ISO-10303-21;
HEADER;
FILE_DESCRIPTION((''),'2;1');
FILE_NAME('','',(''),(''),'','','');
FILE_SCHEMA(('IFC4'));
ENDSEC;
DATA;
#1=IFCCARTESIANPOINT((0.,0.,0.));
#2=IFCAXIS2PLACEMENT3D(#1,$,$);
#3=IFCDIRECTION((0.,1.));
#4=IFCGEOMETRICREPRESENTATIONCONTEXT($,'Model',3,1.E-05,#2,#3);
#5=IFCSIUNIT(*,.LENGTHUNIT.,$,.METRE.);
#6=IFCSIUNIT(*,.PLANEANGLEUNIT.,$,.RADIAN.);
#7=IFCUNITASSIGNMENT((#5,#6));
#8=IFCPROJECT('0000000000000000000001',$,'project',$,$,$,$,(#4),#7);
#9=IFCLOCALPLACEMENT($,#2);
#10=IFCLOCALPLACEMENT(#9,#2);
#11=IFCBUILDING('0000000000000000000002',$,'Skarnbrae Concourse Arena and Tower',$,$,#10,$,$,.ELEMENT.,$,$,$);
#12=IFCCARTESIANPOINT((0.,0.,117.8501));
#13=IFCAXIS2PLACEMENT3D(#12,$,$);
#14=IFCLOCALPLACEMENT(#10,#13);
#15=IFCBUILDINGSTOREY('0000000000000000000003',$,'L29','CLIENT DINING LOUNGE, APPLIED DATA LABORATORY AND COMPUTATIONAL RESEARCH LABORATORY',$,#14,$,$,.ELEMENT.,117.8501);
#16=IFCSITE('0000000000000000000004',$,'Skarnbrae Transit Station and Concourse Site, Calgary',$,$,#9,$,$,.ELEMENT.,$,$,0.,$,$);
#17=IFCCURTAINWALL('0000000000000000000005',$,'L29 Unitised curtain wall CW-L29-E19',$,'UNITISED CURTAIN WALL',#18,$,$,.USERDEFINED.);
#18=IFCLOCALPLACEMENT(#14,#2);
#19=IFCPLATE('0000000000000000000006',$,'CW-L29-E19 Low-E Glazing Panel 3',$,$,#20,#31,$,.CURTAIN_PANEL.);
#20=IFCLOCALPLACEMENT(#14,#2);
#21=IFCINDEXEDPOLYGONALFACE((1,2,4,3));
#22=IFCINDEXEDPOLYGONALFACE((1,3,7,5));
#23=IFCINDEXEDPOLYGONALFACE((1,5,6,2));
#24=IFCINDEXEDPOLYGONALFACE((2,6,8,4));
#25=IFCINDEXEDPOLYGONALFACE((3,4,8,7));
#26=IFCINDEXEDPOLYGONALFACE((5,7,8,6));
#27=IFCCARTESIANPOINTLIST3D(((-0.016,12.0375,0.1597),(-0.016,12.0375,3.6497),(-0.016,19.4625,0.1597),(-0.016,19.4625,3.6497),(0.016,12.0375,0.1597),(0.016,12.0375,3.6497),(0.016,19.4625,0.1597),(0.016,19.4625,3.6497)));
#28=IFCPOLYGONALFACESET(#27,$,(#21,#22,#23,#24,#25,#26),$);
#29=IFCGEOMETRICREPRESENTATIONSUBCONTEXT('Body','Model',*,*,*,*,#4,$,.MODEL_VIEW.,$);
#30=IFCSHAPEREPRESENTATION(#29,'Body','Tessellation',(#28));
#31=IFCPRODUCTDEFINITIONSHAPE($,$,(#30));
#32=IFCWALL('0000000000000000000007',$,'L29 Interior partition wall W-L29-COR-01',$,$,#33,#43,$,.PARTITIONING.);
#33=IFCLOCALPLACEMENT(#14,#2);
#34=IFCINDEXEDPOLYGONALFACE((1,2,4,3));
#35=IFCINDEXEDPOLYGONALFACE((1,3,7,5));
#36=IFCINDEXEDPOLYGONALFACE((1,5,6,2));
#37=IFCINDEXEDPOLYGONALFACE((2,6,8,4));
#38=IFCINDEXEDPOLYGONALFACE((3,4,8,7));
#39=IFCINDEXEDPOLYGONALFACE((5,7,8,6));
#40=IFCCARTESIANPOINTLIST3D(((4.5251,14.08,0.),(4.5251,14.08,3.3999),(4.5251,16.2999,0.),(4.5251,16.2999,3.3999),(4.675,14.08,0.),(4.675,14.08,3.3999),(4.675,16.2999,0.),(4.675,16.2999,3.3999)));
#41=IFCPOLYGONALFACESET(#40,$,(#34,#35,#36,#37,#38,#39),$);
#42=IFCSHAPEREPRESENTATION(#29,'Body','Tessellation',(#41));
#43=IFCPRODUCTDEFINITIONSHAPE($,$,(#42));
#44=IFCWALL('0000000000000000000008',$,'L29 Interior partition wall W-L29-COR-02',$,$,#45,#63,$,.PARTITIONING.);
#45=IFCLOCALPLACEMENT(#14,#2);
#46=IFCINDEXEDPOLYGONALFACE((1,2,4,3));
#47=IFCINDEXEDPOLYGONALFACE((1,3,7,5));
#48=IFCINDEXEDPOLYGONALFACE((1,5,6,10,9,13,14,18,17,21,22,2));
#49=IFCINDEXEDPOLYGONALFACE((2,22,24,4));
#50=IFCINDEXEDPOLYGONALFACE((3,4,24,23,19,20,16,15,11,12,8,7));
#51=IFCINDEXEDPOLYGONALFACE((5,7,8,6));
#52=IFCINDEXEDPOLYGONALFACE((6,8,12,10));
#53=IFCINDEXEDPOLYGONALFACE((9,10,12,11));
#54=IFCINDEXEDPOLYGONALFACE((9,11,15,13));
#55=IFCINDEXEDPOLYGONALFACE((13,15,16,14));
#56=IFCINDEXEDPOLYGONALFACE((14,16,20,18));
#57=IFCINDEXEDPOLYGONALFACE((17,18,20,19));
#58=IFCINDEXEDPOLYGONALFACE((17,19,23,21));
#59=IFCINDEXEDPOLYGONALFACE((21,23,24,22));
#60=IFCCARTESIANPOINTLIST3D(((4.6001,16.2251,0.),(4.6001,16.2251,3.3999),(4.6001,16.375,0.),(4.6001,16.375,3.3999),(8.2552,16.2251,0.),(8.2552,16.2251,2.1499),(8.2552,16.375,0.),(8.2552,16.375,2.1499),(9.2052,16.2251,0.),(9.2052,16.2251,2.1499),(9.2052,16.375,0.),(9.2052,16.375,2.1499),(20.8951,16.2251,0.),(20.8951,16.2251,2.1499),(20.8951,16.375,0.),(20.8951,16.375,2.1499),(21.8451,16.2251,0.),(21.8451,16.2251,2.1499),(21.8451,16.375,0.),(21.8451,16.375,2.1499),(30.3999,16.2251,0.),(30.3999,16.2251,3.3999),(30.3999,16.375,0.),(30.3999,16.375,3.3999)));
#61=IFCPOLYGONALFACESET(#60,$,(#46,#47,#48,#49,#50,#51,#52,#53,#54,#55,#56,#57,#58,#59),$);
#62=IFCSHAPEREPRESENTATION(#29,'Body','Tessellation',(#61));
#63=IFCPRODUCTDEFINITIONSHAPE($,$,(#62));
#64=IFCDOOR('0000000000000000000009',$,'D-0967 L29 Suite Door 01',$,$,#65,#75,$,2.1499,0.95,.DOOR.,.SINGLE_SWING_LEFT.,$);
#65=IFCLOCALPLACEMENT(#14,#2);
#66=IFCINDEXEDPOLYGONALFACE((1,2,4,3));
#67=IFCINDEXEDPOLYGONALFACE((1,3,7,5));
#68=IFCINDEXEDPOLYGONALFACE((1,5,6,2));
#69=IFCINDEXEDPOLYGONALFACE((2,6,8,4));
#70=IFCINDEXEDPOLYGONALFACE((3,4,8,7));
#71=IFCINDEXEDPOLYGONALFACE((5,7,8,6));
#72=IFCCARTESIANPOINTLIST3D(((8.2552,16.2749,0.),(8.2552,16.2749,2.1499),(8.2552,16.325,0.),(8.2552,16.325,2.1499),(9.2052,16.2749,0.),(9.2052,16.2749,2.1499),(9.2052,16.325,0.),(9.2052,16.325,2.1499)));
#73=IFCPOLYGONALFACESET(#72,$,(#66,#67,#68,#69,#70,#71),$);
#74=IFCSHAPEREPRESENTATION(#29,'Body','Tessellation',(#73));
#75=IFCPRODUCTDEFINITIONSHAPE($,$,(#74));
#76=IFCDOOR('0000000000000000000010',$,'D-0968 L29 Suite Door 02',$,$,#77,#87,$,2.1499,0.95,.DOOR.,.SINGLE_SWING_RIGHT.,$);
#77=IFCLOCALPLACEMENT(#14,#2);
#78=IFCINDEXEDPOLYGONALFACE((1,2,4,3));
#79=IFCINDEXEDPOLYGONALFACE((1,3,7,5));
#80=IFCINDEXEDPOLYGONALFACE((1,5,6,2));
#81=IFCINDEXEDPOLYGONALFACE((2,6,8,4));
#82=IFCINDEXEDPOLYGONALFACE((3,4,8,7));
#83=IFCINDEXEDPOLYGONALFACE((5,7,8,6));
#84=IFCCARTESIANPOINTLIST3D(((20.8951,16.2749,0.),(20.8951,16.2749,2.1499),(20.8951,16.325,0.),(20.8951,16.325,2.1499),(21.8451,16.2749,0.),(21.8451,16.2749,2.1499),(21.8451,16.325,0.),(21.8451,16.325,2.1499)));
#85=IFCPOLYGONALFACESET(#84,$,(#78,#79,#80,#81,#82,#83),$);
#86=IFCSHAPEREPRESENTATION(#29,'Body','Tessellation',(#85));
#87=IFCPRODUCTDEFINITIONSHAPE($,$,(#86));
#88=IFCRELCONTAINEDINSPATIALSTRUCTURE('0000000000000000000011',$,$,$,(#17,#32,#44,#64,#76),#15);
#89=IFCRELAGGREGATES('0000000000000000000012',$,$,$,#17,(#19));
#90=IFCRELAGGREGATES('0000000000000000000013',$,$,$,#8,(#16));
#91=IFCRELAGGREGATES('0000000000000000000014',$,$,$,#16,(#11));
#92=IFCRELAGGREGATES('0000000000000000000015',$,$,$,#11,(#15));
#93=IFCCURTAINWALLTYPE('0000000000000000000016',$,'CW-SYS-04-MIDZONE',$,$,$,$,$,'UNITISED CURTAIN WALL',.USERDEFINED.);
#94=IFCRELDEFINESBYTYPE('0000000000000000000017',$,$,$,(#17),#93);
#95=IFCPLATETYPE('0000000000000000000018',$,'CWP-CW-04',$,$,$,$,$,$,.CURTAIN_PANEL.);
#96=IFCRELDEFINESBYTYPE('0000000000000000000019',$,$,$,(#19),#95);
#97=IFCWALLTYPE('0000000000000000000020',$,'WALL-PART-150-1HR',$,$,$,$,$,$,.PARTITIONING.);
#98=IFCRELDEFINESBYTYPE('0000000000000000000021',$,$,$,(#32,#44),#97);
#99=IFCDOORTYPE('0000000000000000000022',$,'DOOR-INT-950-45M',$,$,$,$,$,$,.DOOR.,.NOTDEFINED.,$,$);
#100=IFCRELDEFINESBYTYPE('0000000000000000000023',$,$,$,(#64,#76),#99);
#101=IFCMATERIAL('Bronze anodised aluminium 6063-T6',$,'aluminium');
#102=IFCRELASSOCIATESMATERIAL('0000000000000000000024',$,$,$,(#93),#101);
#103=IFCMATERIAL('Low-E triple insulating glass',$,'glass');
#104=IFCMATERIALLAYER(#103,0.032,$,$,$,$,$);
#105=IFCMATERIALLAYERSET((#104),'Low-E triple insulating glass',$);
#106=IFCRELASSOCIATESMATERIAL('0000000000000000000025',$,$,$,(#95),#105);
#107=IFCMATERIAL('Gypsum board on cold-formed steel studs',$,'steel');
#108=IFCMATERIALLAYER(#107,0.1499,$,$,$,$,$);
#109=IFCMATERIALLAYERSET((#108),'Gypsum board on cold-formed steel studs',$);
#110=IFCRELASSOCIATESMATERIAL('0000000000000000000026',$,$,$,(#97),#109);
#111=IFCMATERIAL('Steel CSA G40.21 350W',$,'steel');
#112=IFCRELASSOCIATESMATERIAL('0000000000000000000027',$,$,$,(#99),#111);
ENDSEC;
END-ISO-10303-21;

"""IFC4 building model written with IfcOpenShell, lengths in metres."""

from ifc_helpers import new_model, si_unit, direction, frame, frame_2d, origin, origin_2d, place, context, subcontext, project, spatial, rectangle, extrude, source, transform, mapped, material, layer, layer_set, type_object, element, fill, aggregate, save


model = new_model("IFC4")

# Units and contexts
model_context = context("Model", 3, precision=1e-05, world=origin(), true_north=direction((0.0, 1.0)))
body_context = subcontext(model_context, "Body", "Model", "MODEL_VIEW")
ifc_project = project(units=[si_unit("LENGTHUNIT", "METRE"), si_unit("PLANEANGLEUNIT", "RADIAN")], contexts=[model_context])

# Site, building, storey
site_placement = place(None, origin())
site = spatial("IfcSite", under=ifc_project, at=site_placement, Name="Skarnbrae Transit Station and Concourse Site, Calgary", CompositionType="ELEMENT", RefElevation=0.0)
building_placement = place(site_placement, origin())
building = spatial("IfcBuilding", under=site, at=building_placement, Name="Skarnbrae Concourse Arena and Tower", CompositionType="ELEMENT")
storey_placement = place(building_placement, frame((0.0, 0.0, 117.8501)))
storey = spatial("IfcBuildingStorey", under=building, at=storey_placement, Name="L29", Description="CLIENT DINING LOUNGE, APPLIED DATA LABORATORY AND COMPUTATIONAL RESEARCH LABORATORY", CompositionType="ELEMENT", Elevation=117.8501)

# Shared definitions
ifc_material_1 = material(Name="Steel CSA G40.21 350W", Category="steel")

# Curtain wall, plate
ifc_material_2 = material(Name="Bronze anodised aluminium 6063-T6", Category="aluminium")
curtain_wall_type = type_object("IfcCurtainWallType", Name="CW-SYS-04-MIDZONE", ElementType="UNITISED CURTAIN WALL", PredefinedType="USERDEFINED", material=ifc_material_2)
curtain_wall_placement = place(storey_placement, origin())
curtain_wall = element("IfcCurtainWall", 1, at=curtain_wall_placement, inside=storey, type_object=curtain_wall_type, Name="L29 Unitised curtain wall CW-L29-E19", ObjectType="UNITISED CURTAIN WALL", PredefinedType="USERDEFINED")
ifc_material_3 = material(Name="Low-E triple insulating glass", Category="glass")
ifc_layer_1 = layer(ifc_material_3, 0.032)
ifc_layer_set_1 = layer_set([ifc_layer_1], Name="Low-E triple insulating glass")
plate_type = type_object("IfcPlateType", Name="CWP-CW-04", PredefinedType="CURTAIN_PANEL", material=ifc_layer_set_1)
shared_shape_1 = source(origin(), body_context, "Body", "SweptSolid", [
    extrude(rectangle(XDim=7.425, YDim=0.032, at=origin_2d()), origin(), (0.0, 0.0, 1.0), 3.49),
])
plate_placement = place(storey_placement, frame((0.0, 15.75, 0.1597), z_axis=(0.0, 0.0, 1.0), x_axis=(0.0, -1.0, 0.0)))
plate = element("IfcPlate", 2, at=plate_placement, type_object=plate_type, Name="CW-L29-E19 Low-E Glazing Panel 3", PredefinedType="CURTAIN_PANEL", context=body_context, shape_type="MappedRepresentation", body=[
    mapped(shared_shape_1, transform((0.0, 0.0, 0.0))),
])
aggregate(curtain_wall, [plate])

# Wall
ifc_material_4 = material(Name="Gypsum board on cold-formed steel studs", Category="steel")
ifc_layer_2 = layer(ifc_material_4, 0.1499)
ifc_layer_set_2 = layer_set([ifc_layer_2], Name="Gypsum board on cold-formed steel studs")
wall_type_1 = type_object("IfcWallType", Name="WALL-PART-150-1HR", PredefinedType="PARTITIONING", material=ifc_layer_set_2)
shared_shape_2 = source(origin(), body_context, "Body", "SweptSolid", [
    extrude(rectangle(XDim=2.22, YDim=0.1499, at=frame_2d((1.1099, 0.0))), origin(), (0.0, 0.0, 1.0), 3.3999),
])
wall_1_placement = place(storey_placement, frame((4.6001, 14.0801, 0.0), z_axis=(0.0, 0.0, 1.0), x_axis=(0.0, 1.0, 0.0)))
element("IfcWall", 3, at=wall_1_placement, inside=storey, type_object=wall_type_1, Name="L29 Interior partition wall W-L29-COR-01", PredefinedType="PARTITIONING", context=body_context, shape_type="MappedRepresentation", body=[
    mapped(shared_shape_2, transform((0.0, 0.0, 0.0))),
])

# Wall, openings, doors
shared_shape_3 = source(origin(), body_context, "Body", "SweptSolid", [
    extrude(rectangle(XDim=25.7998, YDim=0.1499, at=frame_2d((12.8999, 0.0))), origin(), (0.0, 0.0, 1.0), 3.3999),
])
wall_2_placement = place(storey_placement, frame((4.6001, 16.3, 0.0), z_axis=(0.0, 0.0, 1.0), x_axis=(1.0, 0.0, 0.0)))
wall_2 = element("IfcWall", 4, at=wall_2_placement, inside=storey, type_object=wall_type_1, Name="L29 Interior partition wall W-L29-COR-02", PredefinedType="PARTITIONING", context=body_context, shape_type="MappedRepresentation", body=[
    mapped(shared_shape_3, transform((0.0, 0.0, 0.0))),
])
opening_1_placement = place(wall_2_placement, frame((3.655, 0.0, 0.0)))
opening_1 = element("IfcOpeningElement", 5, at=opening_1_placement, cuts=wall_2, PredefinedType="OPENING", context=body_context, shape_type="SweptSolid", body=[
    extrude(rectangle(XDim=0.95, YDim=2.1499, at=frame_2d((0.4751, 1.075))), frame((0.0, 0.085, 0.0), z_axis=(0.0, -1.0, 0.0), x_axis=(1.0, 0.0, 0.0)), (0.0, 0.0, 1.0), 0.1699),
])
opening_2_placement = place(wall_2_placement, frame((16.2949, 0.0, 0.0)))
opening_2 = element("IfcOpeningElement", 6, at=opening_2_placement, cuts=wall_2, PredefinedType="OPENING", context=body_context, shape_type="SweptSolid", body=[
    extrude(rectangle(XDim=0.95, YDim=2.1499, at=frame_2d((0.4751, 1.075))), frame((0.0, 0.085, 0.0), z_axis=(0.0, -1.0, 0.0), x_axis=(1.0, 0.0, 0.0)), (0.0, 0.0, 1.0), 0.1699),
])
door_type_1 = type_object("IfcDoorType", Name="DOOR-INT-950-45M", OperationType="NOTDEFINED", PredefinedType="DOOR", material=ifc_material_1)
shared_shape_4 = source(origin(), body_context, "Body", "SweptSolid", [
    extrude(rectangle(XDim=0.95, YDim=2.1499, at=frame_2d((0.4751, 1.075))), frame((0.0, 0.0249, 0.0), z_axis=(0.0, -1.0, 0.0), x_axis=(1.0, 0.0, 0.0)), (0.0, 0.0, 1.0), 0.05),
])
door_1_placement = place(opening_1_placement, origin())
door_1 = element("IfcDoor", 7, at=door_1_placement, inside=storey, type_object=door_type_1, Name="D-0967 L29 Suite Door 01", OperationType="SINGLE_SWING_LEFT", OverallHeight=2.1499, OverallWidth=0.95, PredefinedType="DOOR", context=body_context, shape_type="MappedRepresentation", body=[
    mapped(shared_shape_4, transform((0.0, 0.0, 0.0))),
])
fill(opening_1, door_1)
door_2_placement = place(opening_2_placement, origin())
door_2 = element("IfcDoor", 8, at=door_2_placement, inside=storey, type_object=door_type_1, Name="D-0968 L29 Suite Door 02", OperationType="SINGLE_SWING_RIGHT", OverallHeight=2.1499, OverallWidth=0.95, PredefinedType="DOOR", context=body_context, shape_type="MappedRepresentation", body=[
    mapped(shared_shape_4, transform((0.0, 0.0, 0.0))),
])
fill(opening_2, door_2)

save(model, "model.ifc")
